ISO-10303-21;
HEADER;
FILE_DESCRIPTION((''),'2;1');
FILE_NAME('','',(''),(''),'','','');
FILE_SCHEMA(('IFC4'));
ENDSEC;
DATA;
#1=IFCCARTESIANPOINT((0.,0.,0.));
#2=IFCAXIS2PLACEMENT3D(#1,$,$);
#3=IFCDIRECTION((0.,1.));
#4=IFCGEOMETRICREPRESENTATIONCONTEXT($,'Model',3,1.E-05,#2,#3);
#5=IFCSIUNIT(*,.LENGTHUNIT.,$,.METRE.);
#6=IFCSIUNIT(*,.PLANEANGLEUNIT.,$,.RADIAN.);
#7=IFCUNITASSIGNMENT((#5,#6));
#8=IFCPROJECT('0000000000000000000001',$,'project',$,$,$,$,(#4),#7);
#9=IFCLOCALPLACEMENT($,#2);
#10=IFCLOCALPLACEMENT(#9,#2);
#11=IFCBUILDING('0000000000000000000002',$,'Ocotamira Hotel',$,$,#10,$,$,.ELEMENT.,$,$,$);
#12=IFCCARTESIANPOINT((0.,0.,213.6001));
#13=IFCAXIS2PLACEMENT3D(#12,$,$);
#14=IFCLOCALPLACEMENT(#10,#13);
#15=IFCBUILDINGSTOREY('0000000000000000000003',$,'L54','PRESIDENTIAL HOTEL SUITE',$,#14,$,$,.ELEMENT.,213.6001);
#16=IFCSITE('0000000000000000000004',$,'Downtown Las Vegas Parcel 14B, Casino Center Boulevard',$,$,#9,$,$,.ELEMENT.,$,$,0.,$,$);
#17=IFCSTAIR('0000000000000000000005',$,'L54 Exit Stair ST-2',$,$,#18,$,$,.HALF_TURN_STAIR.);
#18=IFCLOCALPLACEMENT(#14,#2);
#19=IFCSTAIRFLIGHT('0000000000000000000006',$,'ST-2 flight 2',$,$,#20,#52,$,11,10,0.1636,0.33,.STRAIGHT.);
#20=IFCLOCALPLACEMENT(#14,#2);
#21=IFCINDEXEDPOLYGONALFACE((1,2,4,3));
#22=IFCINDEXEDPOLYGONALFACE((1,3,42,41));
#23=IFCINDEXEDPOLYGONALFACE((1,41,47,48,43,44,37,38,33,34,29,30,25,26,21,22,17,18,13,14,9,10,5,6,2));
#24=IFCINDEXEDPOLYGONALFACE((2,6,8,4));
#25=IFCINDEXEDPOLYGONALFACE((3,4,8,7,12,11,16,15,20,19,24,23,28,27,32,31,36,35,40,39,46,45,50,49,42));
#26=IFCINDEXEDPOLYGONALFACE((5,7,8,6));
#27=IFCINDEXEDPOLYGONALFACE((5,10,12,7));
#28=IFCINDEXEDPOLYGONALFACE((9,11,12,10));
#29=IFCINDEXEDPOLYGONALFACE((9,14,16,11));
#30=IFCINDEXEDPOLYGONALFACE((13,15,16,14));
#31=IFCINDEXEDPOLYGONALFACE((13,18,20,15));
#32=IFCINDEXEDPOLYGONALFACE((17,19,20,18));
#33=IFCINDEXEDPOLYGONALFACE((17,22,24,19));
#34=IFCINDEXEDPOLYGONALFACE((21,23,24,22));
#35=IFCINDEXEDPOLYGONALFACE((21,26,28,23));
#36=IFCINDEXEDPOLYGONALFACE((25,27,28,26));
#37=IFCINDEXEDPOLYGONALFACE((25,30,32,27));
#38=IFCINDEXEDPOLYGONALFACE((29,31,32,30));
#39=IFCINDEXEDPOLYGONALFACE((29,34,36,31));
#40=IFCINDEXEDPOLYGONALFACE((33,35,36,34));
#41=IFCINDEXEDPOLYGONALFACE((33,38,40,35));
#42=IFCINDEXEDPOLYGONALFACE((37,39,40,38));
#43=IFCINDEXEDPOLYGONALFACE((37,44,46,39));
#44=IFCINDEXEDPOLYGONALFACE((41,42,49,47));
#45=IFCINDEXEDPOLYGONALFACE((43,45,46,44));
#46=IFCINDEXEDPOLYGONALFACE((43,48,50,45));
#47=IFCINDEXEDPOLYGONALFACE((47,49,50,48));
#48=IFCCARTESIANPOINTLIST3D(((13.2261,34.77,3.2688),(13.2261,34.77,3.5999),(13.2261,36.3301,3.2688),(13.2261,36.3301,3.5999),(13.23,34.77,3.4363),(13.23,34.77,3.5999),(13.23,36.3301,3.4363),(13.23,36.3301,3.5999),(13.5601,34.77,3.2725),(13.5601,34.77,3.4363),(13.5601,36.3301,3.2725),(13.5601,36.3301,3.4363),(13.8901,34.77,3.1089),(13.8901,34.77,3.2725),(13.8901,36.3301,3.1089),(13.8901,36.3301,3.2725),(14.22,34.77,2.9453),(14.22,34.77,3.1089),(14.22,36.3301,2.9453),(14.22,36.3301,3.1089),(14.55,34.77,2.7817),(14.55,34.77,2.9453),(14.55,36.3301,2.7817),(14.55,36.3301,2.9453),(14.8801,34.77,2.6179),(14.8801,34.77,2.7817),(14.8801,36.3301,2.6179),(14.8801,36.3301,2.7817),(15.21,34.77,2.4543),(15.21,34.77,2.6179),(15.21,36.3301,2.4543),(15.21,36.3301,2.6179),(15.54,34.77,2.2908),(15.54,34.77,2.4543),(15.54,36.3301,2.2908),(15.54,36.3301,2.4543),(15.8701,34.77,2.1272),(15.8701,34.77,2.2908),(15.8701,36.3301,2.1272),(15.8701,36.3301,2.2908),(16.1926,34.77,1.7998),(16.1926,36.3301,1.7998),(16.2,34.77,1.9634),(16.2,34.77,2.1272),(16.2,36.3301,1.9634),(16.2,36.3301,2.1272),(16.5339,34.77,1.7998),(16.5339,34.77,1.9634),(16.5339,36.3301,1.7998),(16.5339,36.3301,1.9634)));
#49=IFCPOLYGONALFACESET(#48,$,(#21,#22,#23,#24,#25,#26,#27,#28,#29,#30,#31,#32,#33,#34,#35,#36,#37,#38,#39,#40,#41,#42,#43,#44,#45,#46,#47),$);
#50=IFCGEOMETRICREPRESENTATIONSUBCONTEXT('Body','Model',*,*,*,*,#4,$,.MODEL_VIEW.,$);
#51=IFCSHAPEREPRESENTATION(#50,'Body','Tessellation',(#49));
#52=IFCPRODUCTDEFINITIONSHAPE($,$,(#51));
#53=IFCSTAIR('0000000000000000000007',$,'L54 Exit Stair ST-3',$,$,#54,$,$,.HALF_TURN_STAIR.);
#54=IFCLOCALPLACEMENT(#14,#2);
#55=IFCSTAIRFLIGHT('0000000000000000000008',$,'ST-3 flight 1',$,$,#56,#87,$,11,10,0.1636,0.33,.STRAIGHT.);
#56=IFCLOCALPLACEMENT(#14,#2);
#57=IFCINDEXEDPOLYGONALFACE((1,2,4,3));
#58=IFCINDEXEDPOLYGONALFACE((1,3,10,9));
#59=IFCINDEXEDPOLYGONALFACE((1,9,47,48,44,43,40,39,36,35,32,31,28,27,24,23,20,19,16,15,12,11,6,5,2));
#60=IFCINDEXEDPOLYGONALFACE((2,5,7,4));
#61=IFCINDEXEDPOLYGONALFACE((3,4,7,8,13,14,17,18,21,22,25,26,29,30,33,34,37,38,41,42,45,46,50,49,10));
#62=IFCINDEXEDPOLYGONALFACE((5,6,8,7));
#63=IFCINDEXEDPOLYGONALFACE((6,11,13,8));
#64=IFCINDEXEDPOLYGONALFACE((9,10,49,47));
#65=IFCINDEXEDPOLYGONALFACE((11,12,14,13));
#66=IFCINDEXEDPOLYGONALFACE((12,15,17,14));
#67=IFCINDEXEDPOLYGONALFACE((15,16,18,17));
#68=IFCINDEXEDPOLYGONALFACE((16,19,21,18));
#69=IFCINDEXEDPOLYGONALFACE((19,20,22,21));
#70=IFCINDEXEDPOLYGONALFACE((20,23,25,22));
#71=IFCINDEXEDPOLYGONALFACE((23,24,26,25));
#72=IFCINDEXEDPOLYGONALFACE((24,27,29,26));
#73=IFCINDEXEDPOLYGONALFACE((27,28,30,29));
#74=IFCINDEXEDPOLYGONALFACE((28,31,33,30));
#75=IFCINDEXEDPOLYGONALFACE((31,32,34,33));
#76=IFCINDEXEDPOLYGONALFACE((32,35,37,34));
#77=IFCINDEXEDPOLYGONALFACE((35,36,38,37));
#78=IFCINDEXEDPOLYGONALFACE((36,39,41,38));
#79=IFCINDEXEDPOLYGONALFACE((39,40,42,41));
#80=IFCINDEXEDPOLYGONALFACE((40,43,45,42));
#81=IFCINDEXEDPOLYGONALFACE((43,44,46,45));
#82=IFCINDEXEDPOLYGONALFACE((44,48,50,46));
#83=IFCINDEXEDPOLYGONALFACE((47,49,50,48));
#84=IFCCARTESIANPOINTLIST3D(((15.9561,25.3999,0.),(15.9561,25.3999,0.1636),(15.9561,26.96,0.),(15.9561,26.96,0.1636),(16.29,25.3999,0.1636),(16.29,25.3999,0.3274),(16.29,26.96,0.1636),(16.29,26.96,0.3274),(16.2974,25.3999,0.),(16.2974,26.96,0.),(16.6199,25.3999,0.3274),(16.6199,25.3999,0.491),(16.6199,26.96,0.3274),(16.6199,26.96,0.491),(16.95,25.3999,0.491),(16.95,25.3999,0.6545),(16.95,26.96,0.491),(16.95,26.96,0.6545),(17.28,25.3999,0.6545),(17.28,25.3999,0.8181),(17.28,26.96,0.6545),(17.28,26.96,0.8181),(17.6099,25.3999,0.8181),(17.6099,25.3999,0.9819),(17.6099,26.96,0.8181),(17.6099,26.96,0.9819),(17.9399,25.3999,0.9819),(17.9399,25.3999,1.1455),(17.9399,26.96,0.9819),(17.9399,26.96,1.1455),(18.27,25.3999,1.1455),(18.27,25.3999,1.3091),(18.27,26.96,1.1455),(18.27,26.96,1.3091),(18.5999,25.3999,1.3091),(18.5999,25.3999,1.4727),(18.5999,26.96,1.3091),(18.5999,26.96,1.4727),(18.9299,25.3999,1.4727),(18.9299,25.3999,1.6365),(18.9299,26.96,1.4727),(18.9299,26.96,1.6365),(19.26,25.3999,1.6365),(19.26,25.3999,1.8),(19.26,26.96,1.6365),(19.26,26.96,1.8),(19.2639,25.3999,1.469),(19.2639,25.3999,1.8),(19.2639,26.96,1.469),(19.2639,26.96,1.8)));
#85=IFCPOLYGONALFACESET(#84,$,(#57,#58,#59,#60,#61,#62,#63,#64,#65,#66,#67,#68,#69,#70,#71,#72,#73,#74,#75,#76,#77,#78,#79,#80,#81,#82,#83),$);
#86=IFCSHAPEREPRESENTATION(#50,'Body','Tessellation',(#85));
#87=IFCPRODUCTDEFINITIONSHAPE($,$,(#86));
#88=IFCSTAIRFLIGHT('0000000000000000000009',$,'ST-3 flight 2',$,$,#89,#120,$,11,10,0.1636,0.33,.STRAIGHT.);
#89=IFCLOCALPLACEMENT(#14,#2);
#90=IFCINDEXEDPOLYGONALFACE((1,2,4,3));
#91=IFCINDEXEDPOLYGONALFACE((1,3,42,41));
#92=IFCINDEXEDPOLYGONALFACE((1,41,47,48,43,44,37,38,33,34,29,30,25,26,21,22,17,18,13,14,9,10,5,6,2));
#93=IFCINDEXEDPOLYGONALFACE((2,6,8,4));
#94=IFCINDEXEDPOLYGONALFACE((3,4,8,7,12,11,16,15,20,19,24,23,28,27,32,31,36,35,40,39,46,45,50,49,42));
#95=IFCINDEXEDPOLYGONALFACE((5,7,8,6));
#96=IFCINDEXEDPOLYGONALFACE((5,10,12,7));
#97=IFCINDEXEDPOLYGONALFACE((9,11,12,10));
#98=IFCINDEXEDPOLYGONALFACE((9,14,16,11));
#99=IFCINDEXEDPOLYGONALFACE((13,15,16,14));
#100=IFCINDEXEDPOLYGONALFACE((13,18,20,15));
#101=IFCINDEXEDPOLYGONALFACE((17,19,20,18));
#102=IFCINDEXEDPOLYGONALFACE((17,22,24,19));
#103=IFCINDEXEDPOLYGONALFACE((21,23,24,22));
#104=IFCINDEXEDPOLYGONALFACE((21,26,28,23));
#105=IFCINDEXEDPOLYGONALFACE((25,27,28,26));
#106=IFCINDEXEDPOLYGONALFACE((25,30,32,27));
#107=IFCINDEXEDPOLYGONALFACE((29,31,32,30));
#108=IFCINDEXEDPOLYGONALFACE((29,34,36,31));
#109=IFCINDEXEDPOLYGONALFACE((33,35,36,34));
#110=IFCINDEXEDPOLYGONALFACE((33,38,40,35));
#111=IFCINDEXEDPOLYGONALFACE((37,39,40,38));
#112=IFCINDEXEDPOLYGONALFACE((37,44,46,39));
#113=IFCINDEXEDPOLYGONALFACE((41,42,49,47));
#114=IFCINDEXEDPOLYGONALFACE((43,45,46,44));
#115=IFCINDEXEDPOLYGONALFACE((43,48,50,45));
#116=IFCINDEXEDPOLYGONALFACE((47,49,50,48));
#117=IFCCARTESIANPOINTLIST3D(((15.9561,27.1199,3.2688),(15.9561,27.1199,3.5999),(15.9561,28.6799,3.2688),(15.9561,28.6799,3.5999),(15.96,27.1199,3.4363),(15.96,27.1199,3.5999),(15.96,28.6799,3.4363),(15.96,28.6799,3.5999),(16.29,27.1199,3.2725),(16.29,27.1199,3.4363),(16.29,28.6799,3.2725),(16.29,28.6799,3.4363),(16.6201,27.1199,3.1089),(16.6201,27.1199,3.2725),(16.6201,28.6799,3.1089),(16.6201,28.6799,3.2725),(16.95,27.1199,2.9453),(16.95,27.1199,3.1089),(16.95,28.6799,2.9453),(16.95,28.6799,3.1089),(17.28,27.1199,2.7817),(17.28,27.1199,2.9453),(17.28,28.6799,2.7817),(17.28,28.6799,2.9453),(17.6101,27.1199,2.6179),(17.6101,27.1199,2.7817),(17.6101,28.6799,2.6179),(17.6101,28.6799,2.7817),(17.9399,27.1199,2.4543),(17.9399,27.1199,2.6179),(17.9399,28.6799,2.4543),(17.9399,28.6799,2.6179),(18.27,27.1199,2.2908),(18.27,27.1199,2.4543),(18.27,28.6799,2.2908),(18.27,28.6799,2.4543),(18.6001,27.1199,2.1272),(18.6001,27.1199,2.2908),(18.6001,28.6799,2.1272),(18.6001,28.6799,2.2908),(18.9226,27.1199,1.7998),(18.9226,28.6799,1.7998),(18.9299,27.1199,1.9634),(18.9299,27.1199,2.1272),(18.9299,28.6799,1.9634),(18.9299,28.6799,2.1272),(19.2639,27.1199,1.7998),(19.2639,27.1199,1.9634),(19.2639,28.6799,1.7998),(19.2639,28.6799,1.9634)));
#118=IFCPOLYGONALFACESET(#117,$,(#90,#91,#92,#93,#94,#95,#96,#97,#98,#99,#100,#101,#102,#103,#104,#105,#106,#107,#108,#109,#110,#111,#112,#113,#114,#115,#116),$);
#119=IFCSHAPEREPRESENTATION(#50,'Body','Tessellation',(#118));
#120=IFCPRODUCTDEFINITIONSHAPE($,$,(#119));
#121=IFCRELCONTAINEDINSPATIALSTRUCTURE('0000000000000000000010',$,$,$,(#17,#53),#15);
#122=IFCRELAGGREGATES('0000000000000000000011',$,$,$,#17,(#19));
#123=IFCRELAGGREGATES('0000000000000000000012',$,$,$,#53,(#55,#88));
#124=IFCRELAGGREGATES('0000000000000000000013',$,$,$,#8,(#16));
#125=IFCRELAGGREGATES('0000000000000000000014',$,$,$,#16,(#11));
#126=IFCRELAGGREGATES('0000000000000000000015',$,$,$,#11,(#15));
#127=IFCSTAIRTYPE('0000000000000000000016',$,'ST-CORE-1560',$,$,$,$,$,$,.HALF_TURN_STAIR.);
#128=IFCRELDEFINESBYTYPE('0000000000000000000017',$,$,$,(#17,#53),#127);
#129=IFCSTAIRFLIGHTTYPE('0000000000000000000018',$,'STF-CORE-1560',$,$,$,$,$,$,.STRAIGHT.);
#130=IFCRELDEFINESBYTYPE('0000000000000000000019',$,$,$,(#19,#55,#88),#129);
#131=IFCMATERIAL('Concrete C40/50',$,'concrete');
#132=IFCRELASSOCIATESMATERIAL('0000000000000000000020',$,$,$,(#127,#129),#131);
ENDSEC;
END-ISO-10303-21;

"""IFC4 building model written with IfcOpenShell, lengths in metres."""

from ifc_helpers import new_model, si_unit, direction, frame, origin, place, context, subcontext, project, spatial, polyline, outline, extrude, source, transform, mapped, material, type_object, element, aggregate, save


model = new_model("IFC4")

# Units and contexts
model_context = context("Model", 3, precision=1e-05, world=origin(), true_north=direction((0.0, 1.0)))
body_context = subcontext(model_context, "Body", "Model", "MODEL_VIEW")
ifc_project = project(units=[si_unit("LENGTHUNIT", "METRE"), si_unit("PLANEANGLEUNIT", "RADIAN")], contexts=[model_context])

# Site, building, storey
site_placement = place(None, origin())
site = spatial("IfcSite", under=ifc_project, at=site_placement, Name="Downtown Las Vegas Parcel 14B, Casino Center Boulevard", CompositionType="ELEMENT", RefElevation=0.0)
building_placement = place(site_placement, origin())
building = spatial("IfcBuilding", under=site, at=building_placement, Name="Ocotamira Hotel", CompositionType="ELEMENT")
storey_placement = place(building_placement, frame((0.0, 0.0, 213.6001)))
storey = spatial("IfcBuildingStorey", under=building, at=storey_placement, Name="L54", Description="PRESIDENTIAL HOTEL SUITE", CompositionType="ELEMENT", Elevation=213.6001)

# Stairs, stair flights
ifc_material_1 = material(Name="Concrete C40/50", Category="concrete")
stair_type = type_object("IfcStairType", Name="ST-CORE-1560", PredefinedType="HALF_TURN_STAIR", material=ifc_material_1)
stair_1_placement = place(storey_placement, origin())
stair_1 = element("IfcStair", 1, at=stair_1_placement, inside=storey, type_object=stair_type, Name="L54 Exit Stair ST-2", PredefinedType="HALF_TURN_STAIR")
stair_flight_type = type_object("IfcStairFlightType", Name="STF-CORE-1560", PredefinedType="STRAIGHT", material=ifc_material_1)
shared_shape_1 = source(origin(), body_context, "Body", "SweptSolid", [
    extrude(outline(polyline([(-0.0039, 0.0), (-0.0039, 0.1636), (0.3301, 0.1636), (0.3301, 0.3274), (0.6599, 0.3274), (0.6599, 0.491), (0.99, 0.491), (0.99, 0.6545), (1.3201, 0.6545), (1.3201, 0.8181), (1.6499, 0.8181), (1.6499, 0.9819), (1.98, 0.9819), (1.98, 1.1455), (2.3101, 1.1455), (2.3101, 1.3091), (2.6399, 1.3091), (2.6399, 1.4727), (2.97, 1.4727), (2.97, 1.6365), (3.3, 1.6365), (3.3, 1.8), (3.304, 1.8), (3.304, 1.469), (0.3374, 0.0), (-0.0039, 0.0)])), frame((0.0, 0.78, 0.0), z_axis=(0.0, -1.0, 0.0), x_axis=(1.0, 0.0, 0.0)), (0.0, 0.0, 1.0), 1.5601),
])
stair_flight_1_placement = place(storey_placement, frame((16.53, 35.55, 1.7998), z_axis=(0.0, 0.0, 1.0), x_axis=(-1.0, 0.0, 0.0)))
stair_flight_1 = element("IfcStairFlight", 2, at=stair_flight_1_placement, type_object=stair_flight_type, Name="ST-2 flight 2", NumberOfRisers=11, NumberOfTreads=10, PredefinedType="STRAIGHT", RiserHeight=0.1636, TreadLength=0.33, context=body_context, shape_type="MappedRepresentation", body=[
    mapped(shared_shape_1, transform((0.0, 0.0, 0.0), scale=1.0)),
])
aggregate(stair_1, [stair_flight_1])
stair_2_placement = place(storey_placement, origin())
stair_2 = element("IfcStair", 3, at=stair_2_placement, inside=storey, type_object=stair_type, Name="L54 Exit Stair ST-3", PredefinedType="HALF_TURN_STAIR")
stair_flight_2_placement = place(storey_placement, frame((15.96, 26.1799, 0.0), z_axis=(0.0, 0.0, 1.0), x_axis=(1.0, 0.0, 0.0)))
stair_flight_2 = element("IfcStairFlight", 4, at=stair_flight_2_placement, type_object=stair_flight_type, Name="ST-3 flight 1", NumberOfRisers=11, NumberOfTreads=10, PredefinedType="STRAIGHT", RiserHeight=0.1636, TreadLength=0.33, context=body_context, shape_type="MappedRepresentation", body=[
    mapped(shared_shape_1, transform((0.0, 0.0, 0.0), scale=1.0)),
])
stair_flight_3_placement = place(storey_placement, frame((19.26, 27.8999, 1.7998), z_axis=(0.0, 0.0, 1.0), x_axis=(-1.0, 0.0, 0.0)))
stair_flight_3 = element("IfcStairFlight", 5, at=stair_flight_3_placement, type_object=stair_flight_type, Name="ST-3 flight 2", NumberOfRisers=11, NumberOfTreads=10, PredefinedType="STRAIGHT", RiserHeight=0.1636, TreadLength=0.33, context=body_context, shape_type="MappedRepresentation", body=[
    mapped(shared_shape_1, transform((0.0, 0.0, 0.0), scale=1.0)),
])
aggregate(stair_2, [stair_flight_2, stair_flight_3])

save(model, "model.ifc")
